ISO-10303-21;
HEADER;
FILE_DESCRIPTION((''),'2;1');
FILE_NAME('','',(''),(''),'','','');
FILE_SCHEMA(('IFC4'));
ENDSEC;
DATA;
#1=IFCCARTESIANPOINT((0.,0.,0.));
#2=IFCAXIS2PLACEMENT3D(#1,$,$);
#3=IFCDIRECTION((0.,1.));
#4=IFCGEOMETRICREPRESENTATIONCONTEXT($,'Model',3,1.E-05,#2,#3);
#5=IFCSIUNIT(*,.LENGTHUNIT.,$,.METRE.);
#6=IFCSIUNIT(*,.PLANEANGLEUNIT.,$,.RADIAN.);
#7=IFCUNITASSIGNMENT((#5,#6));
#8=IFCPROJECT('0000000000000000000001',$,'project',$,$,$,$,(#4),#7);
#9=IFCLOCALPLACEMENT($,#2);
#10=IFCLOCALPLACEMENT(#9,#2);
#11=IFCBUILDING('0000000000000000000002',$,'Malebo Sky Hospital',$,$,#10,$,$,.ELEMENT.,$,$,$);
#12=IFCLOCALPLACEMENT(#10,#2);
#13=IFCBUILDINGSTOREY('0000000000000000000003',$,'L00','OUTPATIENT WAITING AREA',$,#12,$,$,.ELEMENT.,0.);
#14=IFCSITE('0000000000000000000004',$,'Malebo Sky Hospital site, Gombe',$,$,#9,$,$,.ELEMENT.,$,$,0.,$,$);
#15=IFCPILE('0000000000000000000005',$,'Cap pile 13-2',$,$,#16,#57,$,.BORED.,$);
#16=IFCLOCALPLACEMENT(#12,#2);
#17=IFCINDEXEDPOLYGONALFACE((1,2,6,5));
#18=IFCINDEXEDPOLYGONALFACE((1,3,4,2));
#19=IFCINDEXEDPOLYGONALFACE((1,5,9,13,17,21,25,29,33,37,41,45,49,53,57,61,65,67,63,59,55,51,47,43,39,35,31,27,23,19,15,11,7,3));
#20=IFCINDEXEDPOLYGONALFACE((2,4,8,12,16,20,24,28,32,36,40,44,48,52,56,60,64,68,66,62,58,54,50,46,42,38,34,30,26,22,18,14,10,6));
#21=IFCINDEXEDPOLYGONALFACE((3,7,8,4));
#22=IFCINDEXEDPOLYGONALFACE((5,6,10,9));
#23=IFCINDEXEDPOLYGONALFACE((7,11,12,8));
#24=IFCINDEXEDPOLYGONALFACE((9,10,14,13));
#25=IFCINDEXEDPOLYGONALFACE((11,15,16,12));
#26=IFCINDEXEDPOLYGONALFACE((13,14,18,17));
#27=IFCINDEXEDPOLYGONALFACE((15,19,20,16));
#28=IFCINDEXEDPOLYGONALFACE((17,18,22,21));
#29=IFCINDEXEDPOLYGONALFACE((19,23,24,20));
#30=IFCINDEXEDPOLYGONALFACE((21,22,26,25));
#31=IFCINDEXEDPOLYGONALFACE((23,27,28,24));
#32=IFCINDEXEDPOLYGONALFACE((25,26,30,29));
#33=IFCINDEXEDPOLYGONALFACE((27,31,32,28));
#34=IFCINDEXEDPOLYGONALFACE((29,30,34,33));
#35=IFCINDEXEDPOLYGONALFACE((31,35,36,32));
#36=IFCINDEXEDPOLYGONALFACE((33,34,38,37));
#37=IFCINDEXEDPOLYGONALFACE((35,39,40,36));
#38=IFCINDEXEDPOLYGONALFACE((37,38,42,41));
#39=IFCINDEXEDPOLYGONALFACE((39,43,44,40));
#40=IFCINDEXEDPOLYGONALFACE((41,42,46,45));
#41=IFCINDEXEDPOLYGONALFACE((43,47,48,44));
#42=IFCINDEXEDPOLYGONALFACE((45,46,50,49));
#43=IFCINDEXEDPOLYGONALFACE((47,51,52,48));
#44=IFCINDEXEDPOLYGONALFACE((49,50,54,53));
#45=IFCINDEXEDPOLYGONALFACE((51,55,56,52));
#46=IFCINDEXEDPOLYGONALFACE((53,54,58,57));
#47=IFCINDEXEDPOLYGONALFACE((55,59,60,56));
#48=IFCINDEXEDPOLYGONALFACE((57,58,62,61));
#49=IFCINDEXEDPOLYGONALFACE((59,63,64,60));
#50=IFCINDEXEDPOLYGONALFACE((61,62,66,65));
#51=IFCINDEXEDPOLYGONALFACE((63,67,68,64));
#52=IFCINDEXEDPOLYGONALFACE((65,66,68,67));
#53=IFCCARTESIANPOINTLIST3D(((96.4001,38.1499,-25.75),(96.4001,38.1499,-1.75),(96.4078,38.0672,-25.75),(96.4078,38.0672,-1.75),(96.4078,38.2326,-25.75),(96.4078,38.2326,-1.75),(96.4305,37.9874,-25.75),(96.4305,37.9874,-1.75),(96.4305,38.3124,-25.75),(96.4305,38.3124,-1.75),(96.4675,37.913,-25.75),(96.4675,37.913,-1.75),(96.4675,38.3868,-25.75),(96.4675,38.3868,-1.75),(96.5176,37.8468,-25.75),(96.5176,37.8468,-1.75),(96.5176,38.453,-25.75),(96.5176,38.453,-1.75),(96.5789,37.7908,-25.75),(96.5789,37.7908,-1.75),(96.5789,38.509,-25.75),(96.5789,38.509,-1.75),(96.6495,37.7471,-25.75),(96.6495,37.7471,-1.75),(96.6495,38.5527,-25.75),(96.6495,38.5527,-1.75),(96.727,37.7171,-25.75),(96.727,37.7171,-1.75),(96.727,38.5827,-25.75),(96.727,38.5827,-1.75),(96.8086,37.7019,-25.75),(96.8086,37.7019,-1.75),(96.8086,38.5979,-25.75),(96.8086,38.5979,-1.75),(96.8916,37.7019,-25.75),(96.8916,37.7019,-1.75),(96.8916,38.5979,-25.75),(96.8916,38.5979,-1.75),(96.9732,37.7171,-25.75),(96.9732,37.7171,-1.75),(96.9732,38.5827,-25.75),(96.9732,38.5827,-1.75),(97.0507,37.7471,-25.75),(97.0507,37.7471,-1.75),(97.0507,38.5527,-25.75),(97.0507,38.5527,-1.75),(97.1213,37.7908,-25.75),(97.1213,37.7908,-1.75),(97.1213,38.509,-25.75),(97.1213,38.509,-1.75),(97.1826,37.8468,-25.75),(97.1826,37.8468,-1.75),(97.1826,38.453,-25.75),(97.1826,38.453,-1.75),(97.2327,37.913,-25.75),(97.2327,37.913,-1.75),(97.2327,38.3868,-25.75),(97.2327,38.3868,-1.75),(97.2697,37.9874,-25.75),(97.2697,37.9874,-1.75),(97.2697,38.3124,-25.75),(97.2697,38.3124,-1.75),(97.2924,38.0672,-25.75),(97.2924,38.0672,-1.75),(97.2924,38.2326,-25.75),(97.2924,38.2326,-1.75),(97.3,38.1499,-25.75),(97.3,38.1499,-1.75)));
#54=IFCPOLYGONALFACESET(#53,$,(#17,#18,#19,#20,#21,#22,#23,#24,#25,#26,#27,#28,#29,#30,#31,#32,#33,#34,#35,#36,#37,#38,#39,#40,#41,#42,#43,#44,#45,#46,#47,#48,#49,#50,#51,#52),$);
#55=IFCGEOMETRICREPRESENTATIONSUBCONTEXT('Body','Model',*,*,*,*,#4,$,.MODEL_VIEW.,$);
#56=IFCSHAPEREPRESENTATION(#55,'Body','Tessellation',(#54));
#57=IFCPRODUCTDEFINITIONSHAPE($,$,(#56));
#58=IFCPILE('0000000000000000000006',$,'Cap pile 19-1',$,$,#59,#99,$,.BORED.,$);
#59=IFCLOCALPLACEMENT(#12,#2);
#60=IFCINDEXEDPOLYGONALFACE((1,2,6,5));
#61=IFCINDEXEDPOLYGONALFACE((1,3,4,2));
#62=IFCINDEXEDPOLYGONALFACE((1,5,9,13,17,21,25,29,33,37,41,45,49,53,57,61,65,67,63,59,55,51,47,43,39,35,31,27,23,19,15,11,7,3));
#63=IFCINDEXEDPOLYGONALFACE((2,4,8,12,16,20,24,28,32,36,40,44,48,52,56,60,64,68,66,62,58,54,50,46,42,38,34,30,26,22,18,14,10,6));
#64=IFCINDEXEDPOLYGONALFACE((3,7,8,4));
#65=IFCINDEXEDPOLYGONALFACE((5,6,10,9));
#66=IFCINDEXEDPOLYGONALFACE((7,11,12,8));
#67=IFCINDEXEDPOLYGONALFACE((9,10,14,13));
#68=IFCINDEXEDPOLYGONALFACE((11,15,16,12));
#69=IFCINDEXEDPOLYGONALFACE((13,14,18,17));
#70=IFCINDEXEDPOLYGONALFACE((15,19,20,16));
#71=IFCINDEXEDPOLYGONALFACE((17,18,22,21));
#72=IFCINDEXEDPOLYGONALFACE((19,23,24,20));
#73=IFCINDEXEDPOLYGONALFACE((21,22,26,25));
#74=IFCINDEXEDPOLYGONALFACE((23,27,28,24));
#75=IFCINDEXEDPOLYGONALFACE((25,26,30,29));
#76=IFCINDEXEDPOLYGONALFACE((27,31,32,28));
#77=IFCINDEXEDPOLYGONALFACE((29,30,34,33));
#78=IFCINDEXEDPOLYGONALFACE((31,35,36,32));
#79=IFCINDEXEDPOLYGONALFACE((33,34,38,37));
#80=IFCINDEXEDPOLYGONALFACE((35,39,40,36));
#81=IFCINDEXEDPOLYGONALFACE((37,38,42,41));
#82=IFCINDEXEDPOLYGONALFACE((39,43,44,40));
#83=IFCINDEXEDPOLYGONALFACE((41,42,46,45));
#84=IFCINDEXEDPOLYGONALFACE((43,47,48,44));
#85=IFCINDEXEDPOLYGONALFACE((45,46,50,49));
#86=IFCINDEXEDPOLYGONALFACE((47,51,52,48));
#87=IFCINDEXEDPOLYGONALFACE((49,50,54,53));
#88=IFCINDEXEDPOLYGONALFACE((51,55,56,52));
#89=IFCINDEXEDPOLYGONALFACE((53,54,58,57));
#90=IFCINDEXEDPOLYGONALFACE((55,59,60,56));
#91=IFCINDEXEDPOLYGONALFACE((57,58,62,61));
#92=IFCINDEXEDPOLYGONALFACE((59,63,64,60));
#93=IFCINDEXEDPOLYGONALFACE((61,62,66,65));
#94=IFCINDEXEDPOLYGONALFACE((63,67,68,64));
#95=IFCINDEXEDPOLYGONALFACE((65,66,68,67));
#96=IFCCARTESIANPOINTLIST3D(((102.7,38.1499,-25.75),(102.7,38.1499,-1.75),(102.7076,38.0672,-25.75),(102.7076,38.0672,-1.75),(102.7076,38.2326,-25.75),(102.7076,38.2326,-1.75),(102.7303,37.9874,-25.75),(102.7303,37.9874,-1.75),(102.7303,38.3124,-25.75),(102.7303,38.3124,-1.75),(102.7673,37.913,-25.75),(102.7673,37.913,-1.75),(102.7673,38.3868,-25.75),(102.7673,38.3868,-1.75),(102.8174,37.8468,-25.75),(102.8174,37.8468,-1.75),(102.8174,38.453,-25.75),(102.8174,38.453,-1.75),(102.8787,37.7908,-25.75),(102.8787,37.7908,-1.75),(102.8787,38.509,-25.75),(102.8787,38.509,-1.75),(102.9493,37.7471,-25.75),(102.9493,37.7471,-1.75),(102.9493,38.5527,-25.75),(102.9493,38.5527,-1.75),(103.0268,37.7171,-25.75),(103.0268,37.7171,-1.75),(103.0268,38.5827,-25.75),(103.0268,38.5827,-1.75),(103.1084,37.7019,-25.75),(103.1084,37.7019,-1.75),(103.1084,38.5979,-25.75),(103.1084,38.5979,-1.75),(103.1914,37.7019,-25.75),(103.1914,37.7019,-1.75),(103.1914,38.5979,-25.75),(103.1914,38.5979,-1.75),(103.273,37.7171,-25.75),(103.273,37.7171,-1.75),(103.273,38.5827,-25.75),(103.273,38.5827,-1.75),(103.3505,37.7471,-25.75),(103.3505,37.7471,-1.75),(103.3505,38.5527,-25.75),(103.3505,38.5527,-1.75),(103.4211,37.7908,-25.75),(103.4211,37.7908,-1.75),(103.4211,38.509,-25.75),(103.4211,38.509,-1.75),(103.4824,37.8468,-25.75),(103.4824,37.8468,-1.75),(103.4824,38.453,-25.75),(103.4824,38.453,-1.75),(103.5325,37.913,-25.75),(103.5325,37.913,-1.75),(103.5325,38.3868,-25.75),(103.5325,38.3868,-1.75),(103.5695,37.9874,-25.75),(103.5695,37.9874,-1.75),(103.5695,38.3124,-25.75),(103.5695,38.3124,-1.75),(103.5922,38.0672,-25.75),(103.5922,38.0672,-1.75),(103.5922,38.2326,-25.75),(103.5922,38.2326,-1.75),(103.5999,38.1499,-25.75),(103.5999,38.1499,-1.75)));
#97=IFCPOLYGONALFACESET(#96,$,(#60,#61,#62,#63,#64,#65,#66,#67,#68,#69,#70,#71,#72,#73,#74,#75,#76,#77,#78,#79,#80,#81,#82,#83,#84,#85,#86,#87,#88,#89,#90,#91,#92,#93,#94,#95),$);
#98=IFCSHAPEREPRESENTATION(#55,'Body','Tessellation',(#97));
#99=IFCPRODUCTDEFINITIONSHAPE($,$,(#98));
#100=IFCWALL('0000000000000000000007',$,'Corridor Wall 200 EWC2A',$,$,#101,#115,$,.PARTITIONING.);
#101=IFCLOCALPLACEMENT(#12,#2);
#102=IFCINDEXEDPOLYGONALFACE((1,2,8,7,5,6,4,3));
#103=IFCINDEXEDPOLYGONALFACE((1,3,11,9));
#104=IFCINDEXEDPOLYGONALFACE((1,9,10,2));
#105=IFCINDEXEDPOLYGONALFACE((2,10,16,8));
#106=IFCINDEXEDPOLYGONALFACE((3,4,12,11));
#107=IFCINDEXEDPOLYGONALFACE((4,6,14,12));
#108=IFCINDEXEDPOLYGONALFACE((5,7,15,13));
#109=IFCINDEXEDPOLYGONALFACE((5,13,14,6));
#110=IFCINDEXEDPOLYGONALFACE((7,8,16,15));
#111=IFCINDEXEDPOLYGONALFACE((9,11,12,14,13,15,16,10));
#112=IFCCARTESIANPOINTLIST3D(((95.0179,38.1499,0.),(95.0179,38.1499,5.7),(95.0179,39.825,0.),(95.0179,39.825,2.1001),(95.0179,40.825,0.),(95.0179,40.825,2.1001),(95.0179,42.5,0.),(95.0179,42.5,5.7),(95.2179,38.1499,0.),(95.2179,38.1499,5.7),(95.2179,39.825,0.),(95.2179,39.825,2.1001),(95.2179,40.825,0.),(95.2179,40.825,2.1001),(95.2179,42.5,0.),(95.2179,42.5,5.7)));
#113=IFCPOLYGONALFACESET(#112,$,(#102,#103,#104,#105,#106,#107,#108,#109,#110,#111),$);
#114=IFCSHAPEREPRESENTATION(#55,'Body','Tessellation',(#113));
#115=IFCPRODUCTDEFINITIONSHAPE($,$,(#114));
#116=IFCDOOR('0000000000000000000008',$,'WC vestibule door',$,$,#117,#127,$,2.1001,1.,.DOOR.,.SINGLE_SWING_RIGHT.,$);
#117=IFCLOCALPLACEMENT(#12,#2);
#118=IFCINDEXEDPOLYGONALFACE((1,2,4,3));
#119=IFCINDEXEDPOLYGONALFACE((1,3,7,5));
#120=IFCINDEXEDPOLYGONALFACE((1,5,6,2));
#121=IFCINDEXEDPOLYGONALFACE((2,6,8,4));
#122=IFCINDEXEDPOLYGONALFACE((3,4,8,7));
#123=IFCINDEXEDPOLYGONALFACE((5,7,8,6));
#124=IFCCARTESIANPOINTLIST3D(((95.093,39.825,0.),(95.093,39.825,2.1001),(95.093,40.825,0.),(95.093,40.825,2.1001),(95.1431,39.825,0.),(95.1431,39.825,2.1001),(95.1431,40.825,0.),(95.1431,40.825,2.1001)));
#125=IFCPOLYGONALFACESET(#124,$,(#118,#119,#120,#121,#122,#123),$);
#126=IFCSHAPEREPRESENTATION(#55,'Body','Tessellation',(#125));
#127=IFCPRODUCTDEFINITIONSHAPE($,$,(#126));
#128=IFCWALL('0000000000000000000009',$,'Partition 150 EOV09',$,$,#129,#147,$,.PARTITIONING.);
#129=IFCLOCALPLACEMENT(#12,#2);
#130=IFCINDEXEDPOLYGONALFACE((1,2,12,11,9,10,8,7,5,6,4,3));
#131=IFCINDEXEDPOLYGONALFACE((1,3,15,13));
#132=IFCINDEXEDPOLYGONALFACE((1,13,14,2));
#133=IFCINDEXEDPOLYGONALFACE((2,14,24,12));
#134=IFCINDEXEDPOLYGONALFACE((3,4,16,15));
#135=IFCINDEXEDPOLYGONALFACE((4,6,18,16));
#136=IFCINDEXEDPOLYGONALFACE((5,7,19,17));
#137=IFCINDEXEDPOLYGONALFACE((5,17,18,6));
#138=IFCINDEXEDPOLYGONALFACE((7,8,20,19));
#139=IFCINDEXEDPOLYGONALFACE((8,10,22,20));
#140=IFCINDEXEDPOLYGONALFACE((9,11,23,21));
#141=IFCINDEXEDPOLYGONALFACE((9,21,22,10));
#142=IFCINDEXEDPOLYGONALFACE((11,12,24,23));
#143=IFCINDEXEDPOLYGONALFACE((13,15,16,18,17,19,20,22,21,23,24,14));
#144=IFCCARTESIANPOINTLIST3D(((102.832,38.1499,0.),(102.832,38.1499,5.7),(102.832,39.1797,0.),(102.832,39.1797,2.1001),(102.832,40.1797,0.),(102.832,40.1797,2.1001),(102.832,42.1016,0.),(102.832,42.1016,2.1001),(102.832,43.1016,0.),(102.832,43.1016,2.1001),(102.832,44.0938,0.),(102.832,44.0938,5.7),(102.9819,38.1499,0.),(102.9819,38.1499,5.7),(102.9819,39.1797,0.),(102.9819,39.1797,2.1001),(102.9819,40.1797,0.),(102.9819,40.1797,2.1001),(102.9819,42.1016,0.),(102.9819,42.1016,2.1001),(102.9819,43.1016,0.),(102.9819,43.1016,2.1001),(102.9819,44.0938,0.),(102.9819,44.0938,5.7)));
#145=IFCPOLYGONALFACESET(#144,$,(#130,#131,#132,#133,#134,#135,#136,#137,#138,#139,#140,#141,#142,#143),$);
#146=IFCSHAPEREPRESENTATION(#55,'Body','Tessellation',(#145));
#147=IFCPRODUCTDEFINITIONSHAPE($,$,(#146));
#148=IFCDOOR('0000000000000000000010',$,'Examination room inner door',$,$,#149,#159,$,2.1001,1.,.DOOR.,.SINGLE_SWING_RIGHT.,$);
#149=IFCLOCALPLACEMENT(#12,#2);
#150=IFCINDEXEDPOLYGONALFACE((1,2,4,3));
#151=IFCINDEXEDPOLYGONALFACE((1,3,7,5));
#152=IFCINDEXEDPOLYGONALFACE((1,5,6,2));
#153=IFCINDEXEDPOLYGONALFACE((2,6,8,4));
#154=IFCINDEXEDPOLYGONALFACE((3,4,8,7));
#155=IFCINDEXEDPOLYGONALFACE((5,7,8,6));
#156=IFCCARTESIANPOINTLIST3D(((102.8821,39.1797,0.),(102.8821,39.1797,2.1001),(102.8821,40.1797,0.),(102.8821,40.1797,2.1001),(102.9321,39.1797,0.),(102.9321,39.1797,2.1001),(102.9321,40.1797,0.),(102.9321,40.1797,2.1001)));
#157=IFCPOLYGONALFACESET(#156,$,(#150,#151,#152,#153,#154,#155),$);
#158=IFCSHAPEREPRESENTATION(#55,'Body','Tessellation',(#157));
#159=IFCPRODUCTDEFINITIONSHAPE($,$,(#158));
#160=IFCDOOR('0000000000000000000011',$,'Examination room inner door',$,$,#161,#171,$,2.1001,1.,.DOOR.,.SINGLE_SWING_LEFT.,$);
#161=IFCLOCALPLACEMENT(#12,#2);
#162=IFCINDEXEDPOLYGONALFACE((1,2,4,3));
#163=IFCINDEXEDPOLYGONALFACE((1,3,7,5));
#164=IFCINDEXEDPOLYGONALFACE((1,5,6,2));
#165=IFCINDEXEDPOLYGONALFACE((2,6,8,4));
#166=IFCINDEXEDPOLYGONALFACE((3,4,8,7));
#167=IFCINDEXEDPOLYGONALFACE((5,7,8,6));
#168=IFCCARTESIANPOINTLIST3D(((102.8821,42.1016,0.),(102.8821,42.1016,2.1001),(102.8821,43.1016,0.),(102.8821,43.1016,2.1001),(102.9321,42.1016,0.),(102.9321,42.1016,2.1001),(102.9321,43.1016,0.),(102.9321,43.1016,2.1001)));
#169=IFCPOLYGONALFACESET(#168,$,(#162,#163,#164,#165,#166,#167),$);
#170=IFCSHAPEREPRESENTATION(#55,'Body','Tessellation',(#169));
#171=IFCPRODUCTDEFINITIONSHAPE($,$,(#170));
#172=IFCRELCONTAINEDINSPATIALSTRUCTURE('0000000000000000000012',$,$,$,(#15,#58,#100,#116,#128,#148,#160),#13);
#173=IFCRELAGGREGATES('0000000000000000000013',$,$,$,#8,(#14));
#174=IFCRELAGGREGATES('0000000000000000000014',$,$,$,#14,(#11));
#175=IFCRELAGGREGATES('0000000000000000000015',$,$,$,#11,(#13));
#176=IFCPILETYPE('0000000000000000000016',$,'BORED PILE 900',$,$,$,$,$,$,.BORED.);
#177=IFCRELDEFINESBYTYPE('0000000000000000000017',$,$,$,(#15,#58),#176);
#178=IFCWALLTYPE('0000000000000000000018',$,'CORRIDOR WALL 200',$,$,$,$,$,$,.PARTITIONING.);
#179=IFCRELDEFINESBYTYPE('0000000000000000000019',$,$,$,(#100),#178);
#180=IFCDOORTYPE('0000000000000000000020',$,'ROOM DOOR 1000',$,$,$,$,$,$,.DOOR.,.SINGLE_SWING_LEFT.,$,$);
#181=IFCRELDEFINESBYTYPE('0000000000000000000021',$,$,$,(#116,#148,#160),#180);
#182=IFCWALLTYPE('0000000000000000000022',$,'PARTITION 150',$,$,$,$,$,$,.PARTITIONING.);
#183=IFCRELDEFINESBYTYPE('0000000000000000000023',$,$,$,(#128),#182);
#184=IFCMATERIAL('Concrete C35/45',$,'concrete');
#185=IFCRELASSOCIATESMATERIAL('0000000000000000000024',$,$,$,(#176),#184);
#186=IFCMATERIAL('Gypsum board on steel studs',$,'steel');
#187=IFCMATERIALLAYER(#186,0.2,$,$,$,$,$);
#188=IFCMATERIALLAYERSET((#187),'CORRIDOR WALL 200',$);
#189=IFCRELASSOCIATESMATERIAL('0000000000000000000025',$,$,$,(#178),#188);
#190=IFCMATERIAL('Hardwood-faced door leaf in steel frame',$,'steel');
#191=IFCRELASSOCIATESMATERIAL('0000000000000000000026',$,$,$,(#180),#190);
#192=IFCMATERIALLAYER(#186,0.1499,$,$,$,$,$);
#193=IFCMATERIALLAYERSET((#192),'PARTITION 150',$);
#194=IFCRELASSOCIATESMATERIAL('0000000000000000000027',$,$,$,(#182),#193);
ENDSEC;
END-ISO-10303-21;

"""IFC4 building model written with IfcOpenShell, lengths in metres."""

from ifc_helpers import new_model, si_unit, direction, frame, frame_2d, origin, origin_2d, place, context, subcontext, project, spatial, rectangle, circle, extrude, material, layer, layer_set, material_profile, profile_set, type_object, element, fill, save


model = new_model("IFC4")

# Units and contexts
model_context = context("Model", 3, precision=1e-05, world=origin(), true_north=direction((0.0, 1.0)))
body_context = subcontext(model_context, "Body", "Model", "MODEL_VIEW")
ifc_project = project(units=[si_unit("LENGTHUNIT", "METRE"), si_unit("PLANEANGLEUNIT", "RADIAN")], contexts=[model_context])

# Site, building, storey
site_placement = place(None, origin())
site = spatial("IfcSite", under=ifc_project, at=site_placement, Name="Malebo Sky Hospital site, Gombe", CompositionType="ELEMENT", RefElevation=0.0)
building_placement = place(site_placement, origin())
building = spatial("IfcBuilding", under=site, at=building_placement, Name="Malebo Sky Hospital", CompositionType="ELEMENT")
storey_placement = place(building_placement, origin())
storey = spatial("IfcBuildingStorey", under=building, at=storey_placement, Name="L00", Description="OUTPATIENT WAITING AREA", CompositionType="ELEMENT", Elevation=0.0)

# Piles
ifc_material_1 = material(Name="Concrete C35/45", Category="concrete")
ifc_material_profile = material_profile(ifc_material_1, circle(Radius=0.45, at=origin_2d()), Name="BP 900")
ifc_profile_set = profile_set([ifc_material_profile], Name="Concrete C35/45")
pile_type = type_object("IfcPileType", Name="BORED PILE 900", PredefinedType="BORED", material=ifc_profile_set)
for number, where, z_axis, x_axis, name in (
    (1, (96.8501, 38.1499, -1.75), (0.0, 0.0, -1.0), (1.0, 0.0, 0.0), "Cap pile 13-2"),
    (2, (103.1499, 38.1499, -1.75), (0.0, 0.0, -1.0), (1.0, 0.0, 0.0), "Cap pile 19-1"),
):
    element("IfcPile", number, at=place(storey_placement, frame(where, z_axis=z_axis, x_axis=x_axis)), inside=storey, type_object=pile_type, Name=name, PredefinedType="BORED", context=body_context, shape_type="SweptSolid", body=[
        extrude(circle(Radius=0.45, at=origin_2d()), origin(), (0.0, 0.0, 1.0), 24.0),
    ])

# Shared definitions
ifc_material_2 = material(Name="Gypsum board on steel studs", Category="steel")
ifc_layer_1 = layer(ifc_material_2, 0.2)
ifc_layer_set_1 = layer_set([ifc_layer_1], Name="CORRIDOR WALL 200")
wall_type_1 = type_object("IfcWallType", Name="CORRIDOR WALL 200", PredefinedType="PARTITIONING", material=ifc_layer_set_1)
ifc_material_3 = material(Name="Hardwood-faced door leaf in steel frame", Category="steel")
door_type_1 = type_object("IfcDoorType", Name="ROOM DOOR 1000", OperationType="SINGLE_SWING_LEFT", PredefinedType="DOOR", material=ifc_material_3)

# Wall, opening, door
wall_1_placement = place(storey_placement, frame((95.1179, 38.1499, 0.0), z_axis=(0.0, 0.0, 1.0), x_axis=(0.0, 1.0, 0.0)))
wall_1 = element("IfcWall", 3, at=wall_1_placement, inside=storey, type_object=wall_type_1, Name="Corridor Wall 200 EWC2A", PredefinedType="PARTITIONING", context=body_context, shape_type="SweptSolid", body=[
    extrude(rectangle(XDim=4.3501, YDim=0.2, at=frame_2d((2.175, 0.0))), origin(), (0.0, 0.0, 1.0), 5.7),
])
opening_1_placement = place(wall_1_placement, frame((1.675, 0.0, 0.0)))
opening_1 = element("IfcOpeningElement", 4, at=opening_1_placement, cuts=wall_1, PredefinedType="OPENING", context=body_context, shape_type="SweptSolid", body=[
    extrude(rectangle(XDim=1.0, YDim=2.1001, at=frame_2d((0.5, 1.05))), frame((0.0, 0.1099, 0.0), z_axis=(0.0, -1.0, 0.0), x_axis=(1.0, 0.0, 0.0)), (0.0, 0.0, 1.0), 0.22),
])
door_1_placement = place(opening_1_placement, origin())
door_1 = element("IfcDoor", 5, at=door_1_placement, inside=storey, type_object=door_type_1, Name="WC vestibule door", OperationType="SINGLE_SWING_RIGHT", OverallHeight=2.1001, OverallWidth=1.0, PredefinedType="DOOR", context=body_context, shape_type="SweptSolid", body=[
    extrude(rectangle(XDim=1.0, YDim=2.1001, at=frame_2d((0.5, 1.05))), frame((0.0, 0.0249, 0.0), z_axis=(0.0, -1.0, 0.0), x_axis=(1.0, 0.0, 0.0)), (0.0, 0.0, 1.0), 0.05),
])
fill(opening_1, door_1)

# Wall, openings, doors
ifc_layer_2 = layer(ifc_material_2, 0.1499)
ifc_layer_set_2 = layer_set([ifc_layer_2], Name="PARTITION 150")
wall_type_2 = type_object("IfcWallType", Name="PARTITION 150", PredefinedType="PARTITIONING", material=ifc_layer_set_2)
wall_2_placement = place(storey_placement, frame((102.907, 38.1499, 0.0), z_axis=(0.0, 0.0, 1.0), x_axis=(0.0, 1.0, 0.0)))
wall_2 = element("IfcWall", 6, at=wall_2_placement, inside=storey, type_object=wall_type_2, Name="Partition 150 EOV09", PredefinedType="PARTITIONING", context=body_context, shape_type="SweptSolid", body=[
    extrude(rectangle(XDim=5.9438, YDim=0.1499, at=frame_2d((2.9719, 0.0))), origin(), (0.0, 0.0, 1.0), 5.7),
])
opening_2_placement = place(wall_2_placement, frame((1.0298, 0.0, 0.0)))
opening_2 = element("IfcOpeningElement", 7, at=opening_2_placement, cuts=wall_2, PredefinedType="OPENING", context=body_context, shape_type="SweptSolid", body=[
    extrude(rectangle(XDim=1.0, YDim=2.1001, at=frame_2d((0.5, 1.05))), frame((0.0, 0.085, 0.0), z_axis=(0.0, -1.0, 0.0), x_axis=(1.0, 0.0, 0.0)), (0.0, 0.0, 1.0), 0.1699),
])
opening_3_placement = place(wall_2_placement, frame((3.9517, 0.0, 0.0)))
opening_3 = element("IfcOpeningElement", 8, at=opening_3_placement, cuts=wall_2, PredefinedType="OPENING", context=body_context, shape_type="SweptSolid", body=[
    extrude(rectangle(XDim=1.0, YDim=2.1001, at=frame_2d((0.5, 1.05))), frame((0.0, 0.085, 0.0), z_axis=(0.0, -1.0, 0.0), x_axis=(1.0, 0.0, 0.0)), (0.0, 0.0, 1.0), 0.1699),
])
door_2_placement = place(opening_2_placement, origin())
door_2 = element("IfcDoor", 9, at=door_2_placement, inside=storey, type_object=door_type_1, Name="Examination room inner door", OperationType="SINGLE_SWING_RIGHT", OverallHeight=2.1001, OverallWidth=1.0, PredefinedType="DOOR", context=body_context, shape_type="SweptSolid", body=[
    extrude(rectangle(XDim=1.0, YDim=2.1001, at=frame_2d((0.5, 1.05))), frame((0.0, 0.0249, 0.0), z_axis=(0.0, -1.0, 0.0), x_axis=(1.0, 0.0, 0.0)), (0.0, 0.0, 1.0), 0.05),
])
fill(opening_2, door_2)
door_3_placement = place(opening_3_placement, origin())
door_3 = element("IfcDoor", 10, at=door_3_placement, inside=storey, type_object=door_type_1, Name="Examination room inner door", OperationType="SINGLE_SWING_LEFT", OverallHeight=2.1001, OverallWidth=1.0, PredefinedType="DOOR", context=body_context, shape_type="SweptSolid", body=[
    extrude(rectangle(XDim=1.0, YDim=2.1001, at=frame_2d((0.5, 1.05))), frame((0.0, 0.0249, 0.0), z_axis=(0.0, -1.0, 0.0), x_axis=(1.0, 0.0, 0.0)), (0.0, 0.0, 1.0), 0.05),
])
fill(opening_3, door_3)

save(model, "model.ifc")
